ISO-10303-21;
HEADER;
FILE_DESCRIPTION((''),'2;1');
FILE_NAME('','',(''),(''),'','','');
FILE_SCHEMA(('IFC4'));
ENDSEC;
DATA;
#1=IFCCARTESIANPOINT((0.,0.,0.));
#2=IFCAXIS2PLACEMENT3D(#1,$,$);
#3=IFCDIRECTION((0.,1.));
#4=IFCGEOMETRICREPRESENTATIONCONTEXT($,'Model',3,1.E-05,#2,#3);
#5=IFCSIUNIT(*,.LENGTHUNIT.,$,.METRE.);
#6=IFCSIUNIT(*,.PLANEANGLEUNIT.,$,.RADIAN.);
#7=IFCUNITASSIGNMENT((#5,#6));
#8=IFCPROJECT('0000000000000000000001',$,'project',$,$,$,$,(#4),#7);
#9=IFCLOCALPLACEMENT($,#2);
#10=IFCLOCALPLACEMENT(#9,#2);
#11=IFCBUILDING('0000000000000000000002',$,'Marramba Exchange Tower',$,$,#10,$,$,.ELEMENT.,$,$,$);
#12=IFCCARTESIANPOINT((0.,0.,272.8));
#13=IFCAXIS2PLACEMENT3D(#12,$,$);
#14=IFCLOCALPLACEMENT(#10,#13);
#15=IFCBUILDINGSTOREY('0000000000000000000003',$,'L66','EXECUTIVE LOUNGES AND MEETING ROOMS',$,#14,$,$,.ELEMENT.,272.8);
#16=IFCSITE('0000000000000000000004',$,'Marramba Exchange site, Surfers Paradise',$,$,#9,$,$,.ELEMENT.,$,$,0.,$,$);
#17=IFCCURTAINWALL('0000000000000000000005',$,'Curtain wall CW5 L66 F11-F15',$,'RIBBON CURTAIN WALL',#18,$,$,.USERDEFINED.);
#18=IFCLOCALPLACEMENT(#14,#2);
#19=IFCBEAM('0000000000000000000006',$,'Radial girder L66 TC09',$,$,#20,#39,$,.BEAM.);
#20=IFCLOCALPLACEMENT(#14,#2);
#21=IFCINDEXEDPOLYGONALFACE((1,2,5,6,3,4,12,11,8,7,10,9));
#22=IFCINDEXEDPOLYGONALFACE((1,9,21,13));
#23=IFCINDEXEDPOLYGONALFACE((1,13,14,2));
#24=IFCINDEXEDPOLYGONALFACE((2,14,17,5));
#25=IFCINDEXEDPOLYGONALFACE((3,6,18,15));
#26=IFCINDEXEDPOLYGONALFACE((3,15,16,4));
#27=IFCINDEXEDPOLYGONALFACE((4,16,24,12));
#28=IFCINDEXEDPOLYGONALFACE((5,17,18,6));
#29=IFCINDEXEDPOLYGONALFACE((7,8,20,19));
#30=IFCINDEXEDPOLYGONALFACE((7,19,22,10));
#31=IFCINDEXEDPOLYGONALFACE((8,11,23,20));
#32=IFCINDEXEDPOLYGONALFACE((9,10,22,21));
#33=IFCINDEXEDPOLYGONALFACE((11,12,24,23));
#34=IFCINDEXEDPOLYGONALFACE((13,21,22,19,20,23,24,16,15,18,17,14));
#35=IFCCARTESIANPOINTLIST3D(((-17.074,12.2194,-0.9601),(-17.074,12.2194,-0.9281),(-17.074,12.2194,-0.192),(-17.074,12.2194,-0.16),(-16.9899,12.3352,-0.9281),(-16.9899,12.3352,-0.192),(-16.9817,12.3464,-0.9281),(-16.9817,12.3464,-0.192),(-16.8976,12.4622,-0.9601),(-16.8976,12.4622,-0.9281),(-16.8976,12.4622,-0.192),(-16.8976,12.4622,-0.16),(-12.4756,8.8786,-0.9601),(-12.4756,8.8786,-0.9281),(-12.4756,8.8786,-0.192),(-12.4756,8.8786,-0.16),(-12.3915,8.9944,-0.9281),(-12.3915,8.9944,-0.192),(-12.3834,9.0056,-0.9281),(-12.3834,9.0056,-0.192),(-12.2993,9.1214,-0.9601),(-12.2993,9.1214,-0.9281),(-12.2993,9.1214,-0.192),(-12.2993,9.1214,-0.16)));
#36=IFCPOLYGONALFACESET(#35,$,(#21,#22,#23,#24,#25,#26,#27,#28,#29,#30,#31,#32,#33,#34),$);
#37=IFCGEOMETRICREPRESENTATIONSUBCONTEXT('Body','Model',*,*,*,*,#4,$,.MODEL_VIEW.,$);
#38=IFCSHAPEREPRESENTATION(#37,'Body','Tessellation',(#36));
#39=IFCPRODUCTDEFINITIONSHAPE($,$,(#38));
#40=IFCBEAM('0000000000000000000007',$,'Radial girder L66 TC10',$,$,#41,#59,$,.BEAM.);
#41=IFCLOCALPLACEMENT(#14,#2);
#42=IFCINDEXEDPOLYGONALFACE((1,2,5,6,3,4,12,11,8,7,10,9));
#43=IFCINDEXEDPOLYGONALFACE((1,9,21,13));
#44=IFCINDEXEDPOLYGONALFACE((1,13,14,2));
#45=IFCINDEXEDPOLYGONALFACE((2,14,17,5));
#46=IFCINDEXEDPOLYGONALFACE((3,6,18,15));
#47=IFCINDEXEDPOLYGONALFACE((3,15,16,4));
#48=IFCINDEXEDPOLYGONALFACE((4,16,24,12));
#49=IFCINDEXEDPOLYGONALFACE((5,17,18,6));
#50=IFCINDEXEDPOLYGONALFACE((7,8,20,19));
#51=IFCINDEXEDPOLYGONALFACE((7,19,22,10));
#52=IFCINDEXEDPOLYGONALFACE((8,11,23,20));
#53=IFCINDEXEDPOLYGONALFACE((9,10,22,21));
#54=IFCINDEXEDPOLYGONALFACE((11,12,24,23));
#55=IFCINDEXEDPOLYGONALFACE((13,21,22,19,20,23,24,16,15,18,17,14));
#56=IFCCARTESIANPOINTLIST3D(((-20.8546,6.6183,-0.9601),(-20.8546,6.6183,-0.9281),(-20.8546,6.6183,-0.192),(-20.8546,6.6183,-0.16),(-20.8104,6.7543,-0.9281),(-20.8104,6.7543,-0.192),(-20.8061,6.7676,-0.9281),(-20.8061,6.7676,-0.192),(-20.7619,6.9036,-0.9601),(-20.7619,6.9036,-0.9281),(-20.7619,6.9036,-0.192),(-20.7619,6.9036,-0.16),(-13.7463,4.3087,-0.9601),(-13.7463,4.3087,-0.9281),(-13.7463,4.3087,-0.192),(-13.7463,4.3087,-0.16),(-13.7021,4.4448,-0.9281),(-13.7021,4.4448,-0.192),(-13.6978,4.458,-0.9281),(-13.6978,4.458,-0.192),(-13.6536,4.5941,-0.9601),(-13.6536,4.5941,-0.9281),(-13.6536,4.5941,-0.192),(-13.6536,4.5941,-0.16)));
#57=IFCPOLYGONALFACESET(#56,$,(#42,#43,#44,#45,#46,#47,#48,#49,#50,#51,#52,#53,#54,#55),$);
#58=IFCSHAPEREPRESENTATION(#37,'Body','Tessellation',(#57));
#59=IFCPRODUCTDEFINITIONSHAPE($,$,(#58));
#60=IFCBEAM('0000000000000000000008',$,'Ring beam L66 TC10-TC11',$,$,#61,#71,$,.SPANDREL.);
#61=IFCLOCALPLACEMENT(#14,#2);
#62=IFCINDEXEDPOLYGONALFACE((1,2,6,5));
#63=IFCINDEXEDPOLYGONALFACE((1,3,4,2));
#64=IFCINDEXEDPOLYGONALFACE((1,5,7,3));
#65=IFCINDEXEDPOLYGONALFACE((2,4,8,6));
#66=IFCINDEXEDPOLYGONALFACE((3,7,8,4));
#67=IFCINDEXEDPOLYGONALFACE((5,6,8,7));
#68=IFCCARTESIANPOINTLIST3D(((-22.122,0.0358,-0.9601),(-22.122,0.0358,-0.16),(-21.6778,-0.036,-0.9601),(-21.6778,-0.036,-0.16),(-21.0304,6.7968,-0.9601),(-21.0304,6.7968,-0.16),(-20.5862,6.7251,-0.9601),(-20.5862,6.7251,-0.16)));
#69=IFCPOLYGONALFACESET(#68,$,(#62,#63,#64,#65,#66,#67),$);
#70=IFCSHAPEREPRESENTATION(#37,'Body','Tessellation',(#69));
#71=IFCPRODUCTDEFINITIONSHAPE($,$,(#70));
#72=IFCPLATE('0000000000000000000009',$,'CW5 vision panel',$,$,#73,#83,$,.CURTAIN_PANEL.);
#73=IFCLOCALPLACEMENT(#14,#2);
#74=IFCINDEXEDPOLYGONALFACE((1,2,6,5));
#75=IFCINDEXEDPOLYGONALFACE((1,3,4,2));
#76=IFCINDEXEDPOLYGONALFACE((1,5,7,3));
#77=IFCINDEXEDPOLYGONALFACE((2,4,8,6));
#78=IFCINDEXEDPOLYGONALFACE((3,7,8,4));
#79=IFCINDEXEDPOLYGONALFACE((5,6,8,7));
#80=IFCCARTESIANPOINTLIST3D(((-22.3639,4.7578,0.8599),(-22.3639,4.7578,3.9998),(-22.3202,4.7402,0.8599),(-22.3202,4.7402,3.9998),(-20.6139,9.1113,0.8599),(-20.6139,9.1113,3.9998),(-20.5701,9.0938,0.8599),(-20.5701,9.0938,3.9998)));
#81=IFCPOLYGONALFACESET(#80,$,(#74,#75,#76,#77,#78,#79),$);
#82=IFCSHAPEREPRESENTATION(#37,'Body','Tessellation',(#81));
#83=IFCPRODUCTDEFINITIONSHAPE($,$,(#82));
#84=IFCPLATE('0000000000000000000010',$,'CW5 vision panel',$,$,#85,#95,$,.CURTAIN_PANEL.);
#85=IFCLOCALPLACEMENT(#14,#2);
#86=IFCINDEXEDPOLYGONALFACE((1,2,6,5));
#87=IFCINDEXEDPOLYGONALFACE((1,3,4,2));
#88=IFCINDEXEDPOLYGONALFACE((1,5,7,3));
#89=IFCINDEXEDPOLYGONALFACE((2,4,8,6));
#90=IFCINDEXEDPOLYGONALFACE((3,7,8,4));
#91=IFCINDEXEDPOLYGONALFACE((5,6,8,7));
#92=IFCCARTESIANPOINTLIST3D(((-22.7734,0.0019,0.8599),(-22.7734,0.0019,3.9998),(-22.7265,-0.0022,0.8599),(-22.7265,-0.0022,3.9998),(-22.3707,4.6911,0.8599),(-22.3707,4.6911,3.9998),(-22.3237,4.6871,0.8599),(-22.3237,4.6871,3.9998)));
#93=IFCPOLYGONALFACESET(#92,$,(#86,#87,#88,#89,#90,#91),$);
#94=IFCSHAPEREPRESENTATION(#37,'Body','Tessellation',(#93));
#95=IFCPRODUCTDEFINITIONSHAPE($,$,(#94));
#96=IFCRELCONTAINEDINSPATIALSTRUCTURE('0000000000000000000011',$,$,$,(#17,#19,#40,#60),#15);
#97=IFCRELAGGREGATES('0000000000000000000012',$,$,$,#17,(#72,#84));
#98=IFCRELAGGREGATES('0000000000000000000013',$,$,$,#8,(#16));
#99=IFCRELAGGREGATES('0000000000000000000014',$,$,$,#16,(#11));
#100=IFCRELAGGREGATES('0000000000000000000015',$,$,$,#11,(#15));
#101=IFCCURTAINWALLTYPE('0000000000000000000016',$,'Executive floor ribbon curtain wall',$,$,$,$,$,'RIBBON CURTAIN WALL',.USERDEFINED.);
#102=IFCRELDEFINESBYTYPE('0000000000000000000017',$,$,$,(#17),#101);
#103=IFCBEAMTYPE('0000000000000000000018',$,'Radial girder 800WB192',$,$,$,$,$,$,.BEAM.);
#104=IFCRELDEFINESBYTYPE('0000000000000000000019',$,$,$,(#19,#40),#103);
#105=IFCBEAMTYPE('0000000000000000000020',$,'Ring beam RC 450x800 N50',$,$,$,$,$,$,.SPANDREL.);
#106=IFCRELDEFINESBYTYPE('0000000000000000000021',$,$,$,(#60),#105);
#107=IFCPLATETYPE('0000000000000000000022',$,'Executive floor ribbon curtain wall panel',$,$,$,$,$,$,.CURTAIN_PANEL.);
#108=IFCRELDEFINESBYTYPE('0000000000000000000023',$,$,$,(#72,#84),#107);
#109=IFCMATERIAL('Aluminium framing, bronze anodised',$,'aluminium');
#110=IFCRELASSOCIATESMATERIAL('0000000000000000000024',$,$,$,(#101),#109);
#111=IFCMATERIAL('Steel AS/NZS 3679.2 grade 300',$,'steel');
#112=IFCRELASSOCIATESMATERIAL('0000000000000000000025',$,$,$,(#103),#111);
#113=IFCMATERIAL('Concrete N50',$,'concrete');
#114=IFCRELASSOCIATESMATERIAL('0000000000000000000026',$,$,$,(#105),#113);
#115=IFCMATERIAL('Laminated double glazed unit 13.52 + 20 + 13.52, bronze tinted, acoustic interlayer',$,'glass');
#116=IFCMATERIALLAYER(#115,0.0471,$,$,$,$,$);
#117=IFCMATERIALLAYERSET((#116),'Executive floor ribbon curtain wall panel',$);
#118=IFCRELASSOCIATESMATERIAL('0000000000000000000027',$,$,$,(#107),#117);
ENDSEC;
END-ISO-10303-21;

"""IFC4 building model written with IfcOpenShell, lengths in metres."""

from ifc_helpers import new_model, si_unit, direction, frame, origin, origin_2d, place, context, subcontext, project, spatial, rectangle, i_section, extrude, material, layer, layer_set, material_profile, profile_set, type_object, element, aggregate, save


model = new_model("IFC4")

# Units and contexts
model_context = context("Model", 3, precision=1e-05, world=origin(), true_north=direction((0.0, 1.0)))
body_context = subcontext(model_context, "Body", "Model", "MODEL_VIEW")
ifc_project = project(units=[si_unit("LENGTHUNIT", "METRE"), si_unit("PLANEANGLEUNIT", "RADIAN")], contexts=[model_context])

# Site, building, storey
site_placement = place(None, origin())
site = spatial("IfcSite", under=ifc_project, at=site_placement, Name="Marramba Exchange site, Surfers Paradise", CompositionType="ELEMENT", RefElevation=0.0)
building_placement = place(site_placement, origin())
building = spatial("IfcBuilding", under=site, at=building_placement, Name="Marramba Exchange Tower", CompositionType="ELEMENT")
storey_placement = place(building_placement, frame((0.0, 0.0, 272.8)))
storey = spatial("IfcBuildingStorey", under=building, at=storey_placement, Name="L66", Description="EXECUTIVE LOUNGES AND MEETING ROOMS", CompositionType="ELEMENT", Elevation=272.8)

# Shared definitions
ifc_material_1 = material(Name="Concrete N50", Category="concrete")

# Curtain wall
ifc_material_2 = material(Name="Aluminium framing, bronze anodised", Category="aluminium")
curtain_wall_type = type_object("IfcCurtainWallType", Name="Executive floor ribbon curtain wall", ElementType="RIBBON CURTAIN WALL", PredefinedType="USERDEFINED", material=ifc_material_2)
curtain_wall_placement = place(storey_placement, origin())
curtain_wall = element("IfcCurtainWall", 1, at=curtain_wall_placement, inside=storey, type_object=curtain_wall_type, Name="Curtain wall CW5 L66 F11-F15", ObjectType="RIBBON CURTAIN WALL", PredefinedType="USERDEFINED")

# Beams
ifc_material_3 = material(Name="Steel AS/NZS 3679.2 grade 300", Category="steel")
ifc_material_profile_1 = material_profile(ifc_material_3, i_section(OverallWidth=0.3, OverallDepth=0.8, WebThickness=0.0139, FlangeThickness=0.032, at=origin_2d()), Name="800WB192")
ifc_profile_set_1 = profile_set([ifc_material_profile_1], Name="Steel AS/NZS 3679.2 grade 300")
beam_type_1 = type_object("IfcBeamType", Name="Radial girder 800WB192", PredefinedType="BEAM", material=ifc_profile_set_1)
beam_1_placement = place(storey_placement, frame((-12.3875, 9.0, -0.5601), z_axis=(-0.809026, 0.587773, 0.0), x_axis=(-0.587773, -0.809026, 0.0)))
element("IfcBeam", 2, at=beam_1_placement, inside=storey, type_object=beam_type_1, Name="Radial girder L66 TC09", PredefinedType="BEAM", context=body_context, shape_type="SweptSolid", body=[
    extrude(i_section(OverallWidth=0.3, OverallDepth=0.8, WebThickness=0.0139, FlangeThickness=0.032, at=origin_2d()), origin(), (0.0, 0.0, 1.0), 5.6838),
])
beam_2_placement = place(storey_placement, frame((-13.7, 4.4514, -0.5601), z_axis=(-0.95106, 0.309006, 0.0), x_axis=(-0.309006, -0.95106, 0.0)))
element("IfcBeam", 3, at=beam_2_placement, inside=storey, type_object=beam_type_1, Name="Radial girder L66 TC10", PredefinedType="BEAM", context=body_context, shape_type="SweptSolid", body=[
    extrude(i_section(OverallWidth=0.3, OverallDepth=0.8, WebThickness=0.0139, FlangeThickness=0.032, at=origin_2d()), origin(), (0.0, 0.0, 1.0), 7.4741),
])
ifc_material_profile_2 = material_profile(ifc_material_1, rectangle(XDim=0.45, YDim=0.8, at=origin_2d()), Name="RC 450x800")
ifc_profile_set_2 = profile_set([ifc_material_profile_2], Name="Concrete N50")
beam_type_2 = type_object("IfcBeamType", Name="Ring beam RC 450x800 N50", PredefinedType="SPANDREL", material=ifc_profile_set_2)
beam_3_placement = place(storey_placement, frame((-20.8083, 6.761, -0.5601), z_axis=(-0.159385, -0.987217, 0.0), x_axis=(0.987217, -0.159385, 0.0)))
element("IfcBeam", 4, at=beam_3_placement, inside=storey, type_object=beam_type_2, Name="Ring beam L66 TC10-TC11", PredefinedType="SPANDREL", context=body_context, shape_type="SweptSolid", body=[
    extrude(rectangle(XDim=0.45, YDim=0.8, at=origin_2d()), origin(), (0.0, 0.0, 1.0), 6.8486),
])

# Plates
ifc_material_4 = material(Name="Laminated double glazed unit 13.52 + 20 + 13.52, bronze tinted, acoustic interlayer", Category="glass")
ifc_layer_1 = layer(ifc_material_4, 0.0471)
ifc_layer_set_1 = layer_set([ifc_layer_1], Name="Executive floor ribbon curtain wall panel")
plate_type = type_object("IfcPlateType", Name="Executive floor ribbon curtain wall panel", PredefinedType="CURTAIN_PANEL", material=ifc_layer_set_1)
plate_1_placement = place(storey_placement, frame((-21.467, 6.9258, 0.8599), z_axis=(0.0, 0.0, 1.0), x_axis=(-0.372983, -0.927838, 0.0)))
plate_1 = element("IfcPlate", 5, at=plate_1_placement, type_object=plate_type, Name="CW5 vision panel", PredefinedType="CURTAIN_PANEL", context=body_context, shape_type="SweptSolid", body=[
    extrude(rectangle(XDim=4.6921, YDim=0.0471, at=origin_2d()), origin(), (0.0, 0.0, 1.0), 3.1399),
])
plate_2_placement = place(storey_placement, frame((-22.5486, 2.3445, 0.8599), z_axis=(0.0, 0.0, 1.0), x_axis=(-0.085574, -0.996332, 0.0)))
plate_2 = element("IfcPlate", 6, at=plate_2_placement, type_object=plate_type, Name="CW5 vision panel", PredefinedType="CURTAIN_PANEL", context=body_context, shape_type="SweptSolid", body=[
    extrude(rectangle(XDim=4.7065, YDim=0.0471, at=origin_2d()), origin(), (0.0, 0.0, 1.0), 3.1399),
])
aggregate(curtain_wall, [plate_1, plate_2])

save(model, "model.ifc")
